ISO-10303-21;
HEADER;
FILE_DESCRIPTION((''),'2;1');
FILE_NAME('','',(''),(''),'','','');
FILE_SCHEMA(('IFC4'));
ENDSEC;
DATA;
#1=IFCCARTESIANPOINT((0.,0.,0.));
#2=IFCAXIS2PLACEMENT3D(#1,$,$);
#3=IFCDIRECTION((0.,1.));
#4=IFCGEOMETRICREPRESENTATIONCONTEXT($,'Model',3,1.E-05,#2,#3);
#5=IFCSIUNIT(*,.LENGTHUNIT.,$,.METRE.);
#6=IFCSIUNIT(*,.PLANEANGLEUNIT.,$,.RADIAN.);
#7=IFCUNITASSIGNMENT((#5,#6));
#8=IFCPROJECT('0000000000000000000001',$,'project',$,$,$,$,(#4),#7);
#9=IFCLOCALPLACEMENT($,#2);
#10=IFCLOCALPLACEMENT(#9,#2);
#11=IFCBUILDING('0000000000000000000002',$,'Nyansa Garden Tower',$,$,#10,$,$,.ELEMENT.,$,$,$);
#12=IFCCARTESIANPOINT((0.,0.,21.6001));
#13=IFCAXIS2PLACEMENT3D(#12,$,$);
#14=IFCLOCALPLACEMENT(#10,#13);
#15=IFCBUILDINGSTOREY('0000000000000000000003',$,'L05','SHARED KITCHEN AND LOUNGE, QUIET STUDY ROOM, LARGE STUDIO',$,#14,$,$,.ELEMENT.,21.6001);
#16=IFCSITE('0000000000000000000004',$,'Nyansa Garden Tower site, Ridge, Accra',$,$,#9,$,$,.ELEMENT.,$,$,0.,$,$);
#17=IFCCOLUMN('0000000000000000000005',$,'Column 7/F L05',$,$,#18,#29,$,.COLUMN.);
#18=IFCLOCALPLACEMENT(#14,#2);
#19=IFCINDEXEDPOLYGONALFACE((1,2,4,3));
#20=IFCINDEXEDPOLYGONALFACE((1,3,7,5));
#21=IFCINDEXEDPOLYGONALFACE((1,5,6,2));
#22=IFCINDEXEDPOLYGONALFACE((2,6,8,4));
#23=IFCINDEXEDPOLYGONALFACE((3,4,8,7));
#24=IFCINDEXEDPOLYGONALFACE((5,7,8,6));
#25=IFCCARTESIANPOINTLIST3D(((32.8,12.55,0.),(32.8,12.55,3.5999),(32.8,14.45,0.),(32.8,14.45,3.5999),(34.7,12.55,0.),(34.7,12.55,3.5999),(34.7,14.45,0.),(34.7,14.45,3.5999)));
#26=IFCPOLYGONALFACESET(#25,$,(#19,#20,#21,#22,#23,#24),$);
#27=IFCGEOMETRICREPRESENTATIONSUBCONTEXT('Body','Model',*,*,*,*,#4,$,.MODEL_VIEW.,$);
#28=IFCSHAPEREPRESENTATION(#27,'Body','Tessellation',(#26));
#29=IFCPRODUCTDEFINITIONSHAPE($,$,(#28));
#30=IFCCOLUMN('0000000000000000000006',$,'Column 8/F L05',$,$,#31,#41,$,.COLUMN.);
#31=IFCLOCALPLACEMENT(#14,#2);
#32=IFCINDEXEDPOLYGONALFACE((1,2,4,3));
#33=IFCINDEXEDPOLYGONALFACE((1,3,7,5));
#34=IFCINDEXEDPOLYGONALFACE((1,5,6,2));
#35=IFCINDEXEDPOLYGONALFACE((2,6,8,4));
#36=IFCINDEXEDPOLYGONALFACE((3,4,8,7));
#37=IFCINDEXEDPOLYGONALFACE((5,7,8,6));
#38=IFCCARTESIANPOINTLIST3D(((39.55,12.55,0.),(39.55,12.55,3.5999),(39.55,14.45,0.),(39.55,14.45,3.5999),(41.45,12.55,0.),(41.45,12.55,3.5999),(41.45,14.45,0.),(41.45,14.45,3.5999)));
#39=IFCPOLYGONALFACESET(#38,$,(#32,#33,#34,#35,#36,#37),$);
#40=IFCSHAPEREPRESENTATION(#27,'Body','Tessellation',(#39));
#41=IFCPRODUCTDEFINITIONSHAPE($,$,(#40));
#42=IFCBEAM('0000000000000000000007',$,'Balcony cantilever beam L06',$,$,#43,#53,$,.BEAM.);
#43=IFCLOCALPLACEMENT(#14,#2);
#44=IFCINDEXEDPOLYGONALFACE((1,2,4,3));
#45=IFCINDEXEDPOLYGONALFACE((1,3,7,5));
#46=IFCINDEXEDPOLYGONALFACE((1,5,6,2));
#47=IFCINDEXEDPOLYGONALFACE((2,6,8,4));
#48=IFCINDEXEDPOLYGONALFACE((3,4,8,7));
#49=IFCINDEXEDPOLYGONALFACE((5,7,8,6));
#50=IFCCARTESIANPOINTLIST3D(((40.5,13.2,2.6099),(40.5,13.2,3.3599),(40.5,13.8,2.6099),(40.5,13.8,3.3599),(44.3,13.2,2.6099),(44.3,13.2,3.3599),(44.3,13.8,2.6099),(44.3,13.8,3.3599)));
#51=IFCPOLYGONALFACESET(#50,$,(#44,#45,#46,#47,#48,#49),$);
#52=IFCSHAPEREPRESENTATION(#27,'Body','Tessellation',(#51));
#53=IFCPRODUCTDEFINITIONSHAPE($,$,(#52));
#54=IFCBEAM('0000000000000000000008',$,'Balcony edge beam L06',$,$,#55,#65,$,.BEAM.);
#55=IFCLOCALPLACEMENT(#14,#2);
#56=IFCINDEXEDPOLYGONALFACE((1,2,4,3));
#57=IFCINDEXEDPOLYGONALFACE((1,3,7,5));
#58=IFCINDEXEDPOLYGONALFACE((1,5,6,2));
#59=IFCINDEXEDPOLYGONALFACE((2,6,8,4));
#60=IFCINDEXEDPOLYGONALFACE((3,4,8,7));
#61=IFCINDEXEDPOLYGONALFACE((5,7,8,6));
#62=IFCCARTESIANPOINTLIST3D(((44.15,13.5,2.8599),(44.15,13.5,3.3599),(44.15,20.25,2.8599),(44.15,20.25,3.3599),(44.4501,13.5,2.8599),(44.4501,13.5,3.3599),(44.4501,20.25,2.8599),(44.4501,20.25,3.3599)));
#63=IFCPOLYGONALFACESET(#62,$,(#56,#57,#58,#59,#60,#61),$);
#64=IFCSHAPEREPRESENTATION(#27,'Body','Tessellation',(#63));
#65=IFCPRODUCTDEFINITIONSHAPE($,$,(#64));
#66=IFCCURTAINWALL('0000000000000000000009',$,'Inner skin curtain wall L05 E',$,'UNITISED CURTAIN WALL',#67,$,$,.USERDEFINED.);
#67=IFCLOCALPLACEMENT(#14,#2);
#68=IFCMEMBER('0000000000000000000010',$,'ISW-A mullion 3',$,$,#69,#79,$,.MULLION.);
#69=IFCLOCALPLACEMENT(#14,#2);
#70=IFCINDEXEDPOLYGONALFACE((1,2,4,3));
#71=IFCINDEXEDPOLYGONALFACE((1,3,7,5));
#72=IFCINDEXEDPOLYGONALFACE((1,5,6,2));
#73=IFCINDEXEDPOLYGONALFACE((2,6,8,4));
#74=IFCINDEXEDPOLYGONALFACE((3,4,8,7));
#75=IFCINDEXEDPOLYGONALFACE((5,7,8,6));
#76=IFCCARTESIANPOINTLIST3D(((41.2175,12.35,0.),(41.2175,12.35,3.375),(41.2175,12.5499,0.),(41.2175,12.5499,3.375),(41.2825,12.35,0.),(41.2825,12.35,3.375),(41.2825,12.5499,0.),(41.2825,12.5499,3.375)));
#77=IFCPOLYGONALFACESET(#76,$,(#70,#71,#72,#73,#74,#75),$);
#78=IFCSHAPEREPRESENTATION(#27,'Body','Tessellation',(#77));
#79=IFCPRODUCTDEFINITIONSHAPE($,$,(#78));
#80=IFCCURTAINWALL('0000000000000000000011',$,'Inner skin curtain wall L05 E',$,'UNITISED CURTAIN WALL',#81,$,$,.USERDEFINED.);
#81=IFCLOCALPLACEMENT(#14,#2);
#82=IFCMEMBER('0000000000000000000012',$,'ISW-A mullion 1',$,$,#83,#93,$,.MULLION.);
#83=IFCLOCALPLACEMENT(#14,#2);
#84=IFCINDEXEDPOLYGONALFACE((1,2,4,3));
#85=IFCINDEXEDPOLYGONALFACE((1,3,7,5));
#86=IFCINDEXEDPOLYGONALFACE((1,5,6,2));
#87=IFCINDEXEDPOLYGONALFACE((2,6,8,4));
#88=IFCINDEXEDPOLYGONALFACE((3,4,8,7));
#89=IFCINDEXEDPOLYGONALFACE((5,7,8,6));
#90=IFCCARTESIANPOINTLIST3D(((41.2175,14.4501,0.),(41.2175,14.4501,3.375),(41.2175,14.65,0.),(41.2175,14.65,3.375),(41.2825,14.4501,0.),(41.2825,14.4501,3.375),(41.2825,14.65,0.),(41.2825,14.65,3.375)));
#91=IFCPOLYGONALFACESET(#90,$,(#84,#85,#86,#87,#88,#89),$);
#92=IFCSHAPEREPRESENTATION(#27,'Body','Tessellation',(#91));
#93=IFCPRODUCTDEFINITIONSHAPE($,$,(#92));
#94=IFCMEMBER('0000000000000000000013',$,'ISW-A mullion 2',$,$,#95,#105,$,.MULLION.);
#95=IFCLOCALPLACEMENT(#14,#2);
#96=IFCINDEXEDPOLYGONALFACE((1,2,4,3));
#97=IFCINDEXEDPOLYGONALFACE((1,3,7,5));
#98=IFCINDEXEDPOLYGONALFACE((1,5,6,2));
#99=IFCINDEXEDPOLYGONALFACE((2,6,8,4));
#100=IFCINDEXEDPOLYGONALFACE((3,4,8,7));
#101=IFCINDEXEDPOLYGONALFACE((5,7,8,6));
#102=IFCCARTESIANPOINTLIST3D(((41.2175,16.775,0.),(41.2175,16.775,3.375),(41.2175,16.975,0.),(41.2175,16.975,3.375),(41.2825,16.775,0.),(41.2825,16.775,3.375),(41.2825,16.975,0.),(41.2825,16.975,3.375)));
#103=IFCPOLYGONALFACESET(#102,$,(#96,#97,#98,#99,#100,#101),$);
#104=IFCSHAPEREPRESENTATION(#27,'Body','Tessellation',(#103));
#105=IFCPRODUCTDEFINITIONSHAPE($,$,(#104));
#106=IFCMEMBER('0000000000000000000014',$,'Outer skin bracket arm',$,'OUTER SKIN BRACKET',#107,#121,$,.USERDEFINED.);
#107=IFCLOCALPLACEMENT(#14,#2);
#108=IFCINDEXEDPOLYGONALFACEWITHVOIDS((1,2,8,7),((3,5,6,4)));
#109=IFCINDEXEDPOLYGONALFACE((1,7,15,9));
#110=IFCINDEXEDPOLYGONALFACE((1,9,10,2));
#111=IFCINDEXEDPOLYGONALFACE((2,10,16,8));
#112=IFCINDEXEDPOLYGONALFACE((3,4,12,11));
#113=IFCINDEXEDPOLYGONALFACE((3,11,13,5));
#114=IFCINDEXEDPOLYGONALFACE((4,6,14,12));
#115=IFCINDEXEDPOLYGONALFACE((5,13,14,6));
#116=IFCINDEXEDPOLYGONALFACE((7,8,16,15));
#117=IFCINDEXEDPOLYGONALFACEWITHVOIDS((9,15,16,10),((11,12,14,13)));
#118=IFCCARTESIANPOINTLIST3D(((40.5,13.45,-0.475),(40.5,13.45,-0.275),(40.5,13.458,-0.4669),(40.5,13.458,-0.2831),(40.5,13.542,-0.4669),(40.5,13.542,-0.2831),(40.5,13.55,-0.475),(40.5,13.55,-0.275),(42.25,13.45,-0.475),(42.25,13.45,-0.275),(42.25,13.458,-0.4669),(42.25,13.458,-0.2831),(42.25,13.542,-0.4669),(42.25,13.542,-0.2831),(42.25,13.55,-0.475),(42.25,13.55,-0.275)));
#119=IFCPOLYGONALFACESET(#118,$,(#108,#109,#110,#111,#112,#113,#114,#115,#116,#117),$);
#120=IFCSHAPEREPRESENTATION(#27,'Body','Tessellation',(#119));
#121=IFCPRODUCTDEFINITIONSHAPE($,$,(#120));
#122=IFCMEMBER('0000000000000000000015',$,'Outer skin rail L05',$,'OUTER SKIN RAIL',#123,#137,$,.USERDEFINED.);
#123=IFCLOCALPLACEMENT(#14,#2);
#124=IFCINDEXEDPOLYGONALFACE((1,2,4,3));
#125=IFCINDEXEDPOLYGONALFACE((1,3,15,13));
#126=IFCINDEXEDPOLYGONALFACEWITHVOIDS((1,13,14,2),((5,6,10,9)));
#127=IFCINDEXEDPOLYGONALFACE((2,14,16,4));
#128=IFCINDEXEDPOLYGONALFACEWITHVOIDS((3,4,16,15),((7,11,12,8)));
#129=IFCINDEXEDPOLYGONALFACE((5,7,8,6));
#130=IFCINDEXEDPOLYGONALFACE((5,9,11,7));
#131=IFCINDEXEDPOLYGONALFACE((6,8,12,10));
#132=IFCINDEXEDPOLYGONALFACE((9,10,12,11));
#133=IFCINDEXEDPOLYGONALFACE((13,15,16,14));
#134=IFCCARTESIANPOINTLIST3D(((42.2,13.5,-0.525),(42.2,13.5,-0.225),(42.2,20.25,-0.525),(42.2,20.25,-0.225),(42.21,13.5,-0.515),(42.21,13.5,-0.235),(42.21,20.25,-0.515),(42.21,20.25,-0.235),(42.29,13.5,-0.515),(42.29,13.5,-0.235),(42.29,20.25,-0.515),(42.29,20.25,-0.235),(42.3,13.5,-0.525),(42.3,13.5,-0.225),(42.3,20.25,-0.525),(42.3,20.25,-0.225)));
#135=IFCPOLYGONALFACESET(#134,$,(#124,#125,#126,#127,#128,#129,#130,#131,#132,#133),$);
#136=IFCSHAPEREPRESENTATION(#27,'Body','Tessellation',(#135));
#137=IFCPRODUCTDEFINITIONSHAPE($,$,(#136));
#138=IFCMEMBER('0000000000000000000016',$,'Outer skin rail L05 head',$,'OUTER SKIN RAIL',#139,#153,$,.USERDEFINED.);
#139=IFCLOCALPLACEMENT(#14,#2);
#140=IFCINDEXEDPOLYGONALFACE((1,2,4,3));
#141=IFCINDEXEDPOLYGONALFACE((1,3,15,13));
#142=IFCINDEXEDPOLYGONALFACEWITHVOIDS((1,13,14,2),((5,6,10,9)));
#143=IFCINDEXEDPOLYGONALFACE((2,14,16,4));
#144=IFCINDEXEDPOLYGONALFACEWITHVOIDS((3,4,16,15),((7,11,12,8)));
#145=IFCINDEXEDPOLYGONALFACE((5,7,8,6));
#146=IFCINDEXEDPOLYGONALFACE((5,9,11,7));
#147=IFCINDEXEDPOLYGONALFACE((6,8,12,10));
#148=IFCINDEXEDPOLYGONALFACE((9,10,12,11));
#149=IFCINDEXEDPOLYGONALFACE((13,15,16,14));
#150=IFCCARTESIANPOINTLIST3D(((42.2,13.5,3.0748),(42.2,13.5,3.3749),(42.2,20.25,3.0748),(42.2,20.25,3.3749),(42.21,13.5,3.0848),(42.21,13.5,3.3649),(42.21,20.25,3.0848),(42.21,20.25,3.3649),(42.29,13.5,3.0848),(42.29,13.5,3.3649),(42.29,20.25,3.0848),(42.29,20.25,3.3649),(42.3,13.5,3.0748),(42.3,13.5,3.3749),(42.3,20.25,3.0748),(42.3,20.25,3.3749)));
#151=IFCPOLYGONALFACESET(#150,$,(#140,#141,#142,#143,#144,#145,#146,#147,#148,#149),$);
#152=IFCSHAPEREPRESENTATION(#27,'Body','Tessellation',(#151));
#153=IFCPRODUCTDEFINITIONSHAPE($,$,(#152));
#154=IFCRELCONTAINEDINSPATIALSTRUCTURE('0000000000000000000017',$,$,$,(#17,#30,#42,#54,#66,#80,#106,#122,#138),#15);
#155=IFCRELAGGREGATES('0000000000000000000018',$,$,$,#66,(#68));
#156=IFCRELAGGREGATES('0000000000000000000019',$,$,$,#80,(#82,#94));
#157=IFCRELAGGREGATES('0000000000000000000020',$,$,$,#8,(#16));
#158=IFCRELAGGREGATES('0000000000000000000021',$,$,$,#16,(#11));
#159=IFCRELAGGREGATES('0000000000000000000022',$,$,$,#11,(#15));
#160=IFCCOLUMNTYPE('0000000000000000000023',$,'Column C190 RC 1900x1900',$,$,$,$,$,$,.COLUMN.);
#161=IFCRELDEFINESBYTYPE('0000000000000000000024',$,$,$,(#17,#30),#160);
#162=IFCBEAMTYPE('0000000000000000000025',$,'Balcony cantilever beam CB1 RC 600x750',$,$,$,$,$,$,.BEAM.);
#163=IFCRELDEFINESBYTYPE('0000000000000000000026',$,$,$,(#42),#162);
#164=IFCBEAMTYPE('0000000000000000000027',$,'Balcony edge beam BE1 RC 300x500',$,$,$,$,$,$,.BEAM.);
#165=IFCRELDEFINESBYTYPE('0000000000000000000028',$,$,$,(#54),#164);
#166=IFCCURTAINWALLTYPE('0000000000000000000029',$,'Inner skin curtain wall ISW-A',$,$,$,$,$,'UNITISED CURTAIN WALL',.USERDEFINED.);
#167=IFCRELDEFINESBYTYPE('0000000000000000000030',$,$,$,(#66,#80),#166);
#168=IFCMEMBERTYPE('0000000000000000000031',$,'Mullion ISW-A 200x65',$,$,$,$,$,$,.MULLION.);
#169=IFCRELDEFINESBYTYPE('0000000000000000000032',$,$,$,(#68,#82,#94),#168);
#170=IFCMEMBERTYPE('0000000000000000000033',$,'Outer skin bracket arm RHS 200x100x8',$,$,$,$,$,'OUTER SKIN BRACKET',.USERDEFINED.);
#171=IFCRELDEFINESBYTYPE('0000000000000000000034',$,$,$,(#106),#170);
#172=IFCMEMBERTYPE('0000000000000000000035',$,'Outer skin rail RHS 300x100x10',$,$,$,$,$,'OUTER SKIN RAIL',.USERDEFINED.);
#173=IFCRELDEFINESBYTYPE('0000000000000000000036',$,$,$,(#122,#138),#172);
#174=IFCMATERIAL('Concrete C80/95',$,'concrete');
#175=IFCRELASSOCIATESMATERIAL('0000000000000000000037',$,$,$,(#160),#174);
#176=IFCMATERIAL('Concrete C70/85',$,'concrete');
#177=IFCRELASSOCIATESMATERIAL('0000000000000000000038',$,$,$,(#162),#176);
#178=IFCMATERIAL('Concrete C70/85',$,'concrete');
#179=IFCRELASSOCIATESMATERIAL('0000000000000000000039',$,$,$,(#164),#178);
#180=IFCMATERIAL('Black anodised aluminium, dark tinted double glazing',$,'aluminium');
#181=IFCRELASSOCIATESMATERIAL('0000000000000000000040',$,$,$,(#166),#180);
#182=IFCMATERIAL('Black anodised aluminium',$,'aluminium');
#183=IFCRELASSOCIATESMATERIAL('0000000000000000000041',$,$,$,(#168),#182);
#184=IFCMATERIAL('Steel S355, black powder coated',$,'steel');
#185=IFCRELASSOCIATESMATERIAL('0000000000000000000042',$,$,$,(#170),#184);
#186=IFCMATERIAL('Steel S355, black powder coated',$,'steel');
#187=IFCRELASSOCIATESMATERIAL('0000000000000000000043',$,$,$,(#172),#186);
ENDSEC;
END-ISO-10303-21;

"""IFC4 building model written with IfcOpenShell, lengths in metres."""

from ifc_helpers import new_model, si_unit, direction, frame, origin, origin_2d, place, context, subcontext, project, spatial, rectangle, hollow_rectangle, extrude, material, material_profile, profile_set, type_object, element, aggregate, save


model = new_model("IFC4")

# Units and contexts
model_context = context("Model", 3, precision=1e-05, world=origin(), true_north=direction((0.0, 1.0)))
body_context = subcontext(model_context, "Body", "Model", "MODEL_VIEW")
ifc_project = project(units=[si_unit("LENGTHUNIT", "METRE"), si_unit("PLANEANGLEUNIT", "RADIAN")], contexts=[model_context])

# Site, building, storey
site_placement = place(None, origin())
site = spatial("IfcSite", under=ifc_project, at=site_placement, Name="Nyansa Garden Tower site, Ridge, Accra", CompositionType="ELEMENT", RefElevation=0.0)
building_placement = place(site_placement, origin())
building = spatial("IfcBuilding", under=site, at=building_placement, Name="Nyansa Garden Tower", CompositionType="ELEMENT")
storey_placement = place(building_placement, frame((0.0, 0.0, 21.6001)))
storey = spatial("IfcBuildingStorey", under=building, at=storey_placement, Name="L05", Description="SHARED KITCHEN AND LOUNGE, QUIET STUDY ROOM, LARGE STUDIO", CompositionType="ELEMENT", Elevation=21.6001)

# Columns
ifc_material_1 = material(Name="Concrete C80/95", Category="concrete")
ifc_material_profile_1 = material_profile(ifc_material_1, rectangle(XDim=1.8999, YDim=1.8999, at=origin_2d()), Name="RC 1900x1900")
ifc_profile_set_1 = profile_set([ifc_material_profile_1], Name="Concrete C80/95")
column_type = type_object("IfcColumnType", Name="Column C190 RC 1900x1900", PredefinedType="COLUMN", material=ifc_profile_set_1)
for number, where, z_axis, x_axis, name in (
    (1, (33.75, 13.5, 0.0), (0.0, 0.0, 1.0), (1.0, 0.0, 0.0), "Column 7/F L05"),
    (2, (40.5, 13.5, 0.0), (0.0, 0.0, 1.0), (1.0, 0.0, 0.0), "Column 8/F L05"),
):
    element("IfcColumn", number, at=place(storey_placement, frame(where, z_axis=z_axis, x_axis=x_axis)), inside=storey, type_object=column_type, Name=name, PredefinedType="COLUMN", context=body_context, shape_type="SweptSolid", body=[
        extrude(rectangle(XDim=1.8999, YDim=1.8999, at=origin_2d()), origin(), (0.0, 0.0, 1.0), 3.5999),
    ])

# Beams
ifc_material_2 = material(Name="Concrete C70/85", Category="concrete")
ifc_material_profile_2 = material_profile(ifc_material_2, rectangle(XDim=0.6001, YDim=0.75, at=origin_2d()), Name="RC 600x750")
ifc_profile_set_2 = profile_set([ifc_material_profile_2], Name="Concrete C70/85")
beam_type_1 = type_object("IfcBeamType", Name="Balcony cantilever beam CB1 RC 600x750", PredefinedType="BEAM", material=ifc_profile_set_2)
beam_1_placement = place(storey_placement, frame((40.5, 13.5, 2.9849), z_axis=(1.0, 0.0, 0.0), x_axis=(0.0, 1.0, 0.0)))
element("IfcBeam", 3, at=beam_1_placement, inside=storey, type_object=beam_type_1, Name="Balcony cantilever beam L06", PredefinedType="BEAM", context=body_context, shape_type="SweptSolid", body=[
    extrude(rectangle(XDim=0.6001, YDim=0.75, at=origin_2d()), origin(), (0.0, 0.0, 1.0), 3.8),
])
ifc_material_3 = material(Name="Concrete C70/85", Category="concrete")
ifc_material_profile_3 = material_profile(ifc_material_3, rectangle(XDim=0.3, YDim=0.5, at=origin_2d()), Name="RC 300x500")
ifc_profile_set_3 = profile_set([ifc_material_profile_3], Name="Concrete C70/85")
beam_type_2 = type_object("IfcBeamType", Name="Balcony edge beam BE1 RC 300x500", PredefinedType="BEAM", material=ifc_profile_set_3)
beam_2_placement = place(storey_placement, frame((44.3, 13.5, 3.1099), z_axis=(0.0, 1.0, 0.0), x_axis=(-1.0, 0.0, 0.0)))
element("IfcBeam", 4, at=beam_2_placement, inside=storey, type_object=beam_type_2, Name="Balcony edge beam L06", PredefinedType="BEAM", context=body_context, shape_type="SweptSolid", body=[
    extrude(rectangle(XDim=0.3, YDim=0.5, at=origin_2d()), origin(), (0.0, 0.0, 1.0), 6.75),
])

# Curtain wall, member
ifc_material_4 = material(Name="Black anodised aluminium, dark tinted double glazing", Category="aluminium")
curtain_wall_type = type_object("IfcCurtainWallType", Name="Inner skin curtain wall ISW-A", ElementType="UNITISED CURTAIN WALL", PredefinedType="USERDEFINED", material=ifc_material_4)
curtain_wall_1_placement = place(storey_placement, origin())
curtain_wall_1 = element("IfcCurtainWall", 5, at=curtain_wall_1_placement, inside=storey, type_object=curtain_wall_type, Name="Inner skin curtain wall L05 E", ObjectType="UNITISED CURTAIN WALL", PredefinedType="USERDEFINED")
ifc_material_5 = material(Name="Black anodised aluminium", Category="aluminium")
ifc_material_profile_4 = material_profile(ifc_material_5, rectangle(XDim=0.0649, YDim=0.2, at=origin_2d()), Name="Mullion 200x65")
ifc_profile_set_4 = profile_set([ifc_material_profile_4], Name="Black anodised aluminium")
member_type_1 = type_object("IfcMemberType", Name="Mullion ISW-A 200x65", PredefinedType="MULLION", material=ifc_profile_set_4)
member_1_placement = place(storey_placement, frame((41.25, 12.45, 0.0), z_axis=(0.0, 0.0, 1.0), x_axis=(-1.0, 0.0, 0.0)))
member_1 = element("IfcMember", 6, at=member_1_placement, type_object=member_type_1, Name="ISW-A mullion 3", PredefinedType="MULLION", context=body_context, shape_type="SweptSolid", body=[
    extrude(rectangle(XDim=0.0649, YDim=0.2, at=origin_2d()), origin(), (0.0, 0.0, 1.0), 3.375),
])

# Curtain wall, members
curtain_wall_2_placement = place(storey_placement, origin())
curtain_wall_2 = element("IfcCurtainWall", 7, at=curtain_wall_2_placement, inside=storey, type_object=curtain_wall_type, Name="Inner skin curtain wall L05 E", ObjectType="UNITISED CURTAIN WALL", PredefinedType="USERDEFINED")
member_2_placement = place(storey_placement, frame((41.25, 14.55, 0.0), z_axis=(0.0, 0.0, 1.0), x_axis=(-1.0, 0.0, 0.0)))
member_2 = element("IfcMember", 8, at=member_2_placement, type_object=member_type_1, Name="ISW-A mullion 1", PredefinedType="MULLION", context=body_context, shape_type="SweptSolid", body=[
    extrude(rectangle(XDim=0.0649, YDim=0.2, at=origin_2d()), origin(), (0.0, 0.0, 1.0), 3.375),
])
member_3_placement = place(storey_placement, frame((41.25, 16.875, 0.0), z_axis=(0.0, 0.0, 1.0), x_axis=(-1.0, 0.0, 0.0)))
member_3 = element("IfcMember", 9, at=member_3_placement, type_object=member_type_1, Name="ISW-A mullion 2", PredefinedType="MULLION", context=body_context, shape_type="SweptSolid", body=[
    extrude(rectangle(XDim=0.0649, YDim=0.2, at=origin_2d()), origin(), (0.0, 0.0, 1.0), 3.375),
])

# Members
ifc_material_6 = material(Name="Steel S355, black powder coated", Category="steel")
ifc_material_profile_5 = material_profile(ifc_material_6, hollow_rectangle(XDim=0.1001, YDim=0.2, WallThickness=0.0081, at=origin_2d()), Name="RHS 200x100x8")
ifc_profile_set_5 = profile_set([ifc_material_profile_5], Name="Steel S355, black powder coated")
member_type_2 = type_object("IfcMemberType", Name="Outer skin bracket arm RHS 200x100x8", ElementType="OUTER SKIN BRACKET", PredefinedType="USERDEFINED", material=ifc_profile_set_5)
member_4_placement = place(storey_placement, frame((40.5, 13.5, -0.375), z_axis=(1.0, 0.0, 0.0), x_axis=(0.0, 1.0, 0.0)))
element("IfcMember", 10, at=member_4_placement, inside=storey, type_object=member_type_2, Name="Outer skin bracket arm", ObjectType="OUTER SKIN BRACKET", PredefinedType="USERDEFINED", context=body_context, shape_type="SweptSolid", body=[
    extrude(hollow_rectangle(XDim=0.1001, YDim=0.2, WallThickness=0.0081, at=origin_2d()), origin(), (0.0, 0.0, 1.0), 1.75),
])
ifc_material_7 = material(Name="Steel S355, black powder coated", Category="steel")
ifc_material_profile_6 = material_profile(ifc_material_7, hollow_rectangle(XDim=0.1001, YDim=0.3, WallThickness=0.01, at=origin_2d()), Name="RHS 300x100x10")
ifc_profile_set_6 = profile_set([ifc_material_profile_6], Name="Steel S355, black powder coated")
member_type_3 = type_object("IfcMemberType", Name="Outer skin rail RHS 300x100x10", ElementType="OUTER SKIN RAIL", PredefinedType="USERDEFINED", material=ifc_profile_set_6)
for number, where, z_axis, x_axis, name in (
    (11, (42.25, 13.5, -0.375), (0.0, 1.0, 0.0), (-1.0, 0.0, 0.0), "Outer skin rail L05"),
    (12, (42.25, 13.5, 3.2249), (0.0, 1.0, 0.0), (-1.0, 0.0, 0.0), "Outer skin rail L05 head"),
):
    element("IfcMember", number, at=place(storey_placement, frame(where, z_axis=z_axis, x_axis=x_axis)), inside=storey, type_object=member_type_3, Name=name, ObjectType="OUTER SKIN RAIL", PredefinedType="USERDEFINED", context=body_context, shape_type="SweptSolid", body=[
        extrude(hollow_rectangle(XDim=0.1001, YDim=0.3, WallThickness=0.01, at=origin_2d()), origin(), (0.0, 0.0, 1.0), 6.75),
    ])

aggregate(curtain_wall_1, [member_1])
aggregate(curtain_wall_2, [member_2, member_3])

save(model, "model.ifc")
